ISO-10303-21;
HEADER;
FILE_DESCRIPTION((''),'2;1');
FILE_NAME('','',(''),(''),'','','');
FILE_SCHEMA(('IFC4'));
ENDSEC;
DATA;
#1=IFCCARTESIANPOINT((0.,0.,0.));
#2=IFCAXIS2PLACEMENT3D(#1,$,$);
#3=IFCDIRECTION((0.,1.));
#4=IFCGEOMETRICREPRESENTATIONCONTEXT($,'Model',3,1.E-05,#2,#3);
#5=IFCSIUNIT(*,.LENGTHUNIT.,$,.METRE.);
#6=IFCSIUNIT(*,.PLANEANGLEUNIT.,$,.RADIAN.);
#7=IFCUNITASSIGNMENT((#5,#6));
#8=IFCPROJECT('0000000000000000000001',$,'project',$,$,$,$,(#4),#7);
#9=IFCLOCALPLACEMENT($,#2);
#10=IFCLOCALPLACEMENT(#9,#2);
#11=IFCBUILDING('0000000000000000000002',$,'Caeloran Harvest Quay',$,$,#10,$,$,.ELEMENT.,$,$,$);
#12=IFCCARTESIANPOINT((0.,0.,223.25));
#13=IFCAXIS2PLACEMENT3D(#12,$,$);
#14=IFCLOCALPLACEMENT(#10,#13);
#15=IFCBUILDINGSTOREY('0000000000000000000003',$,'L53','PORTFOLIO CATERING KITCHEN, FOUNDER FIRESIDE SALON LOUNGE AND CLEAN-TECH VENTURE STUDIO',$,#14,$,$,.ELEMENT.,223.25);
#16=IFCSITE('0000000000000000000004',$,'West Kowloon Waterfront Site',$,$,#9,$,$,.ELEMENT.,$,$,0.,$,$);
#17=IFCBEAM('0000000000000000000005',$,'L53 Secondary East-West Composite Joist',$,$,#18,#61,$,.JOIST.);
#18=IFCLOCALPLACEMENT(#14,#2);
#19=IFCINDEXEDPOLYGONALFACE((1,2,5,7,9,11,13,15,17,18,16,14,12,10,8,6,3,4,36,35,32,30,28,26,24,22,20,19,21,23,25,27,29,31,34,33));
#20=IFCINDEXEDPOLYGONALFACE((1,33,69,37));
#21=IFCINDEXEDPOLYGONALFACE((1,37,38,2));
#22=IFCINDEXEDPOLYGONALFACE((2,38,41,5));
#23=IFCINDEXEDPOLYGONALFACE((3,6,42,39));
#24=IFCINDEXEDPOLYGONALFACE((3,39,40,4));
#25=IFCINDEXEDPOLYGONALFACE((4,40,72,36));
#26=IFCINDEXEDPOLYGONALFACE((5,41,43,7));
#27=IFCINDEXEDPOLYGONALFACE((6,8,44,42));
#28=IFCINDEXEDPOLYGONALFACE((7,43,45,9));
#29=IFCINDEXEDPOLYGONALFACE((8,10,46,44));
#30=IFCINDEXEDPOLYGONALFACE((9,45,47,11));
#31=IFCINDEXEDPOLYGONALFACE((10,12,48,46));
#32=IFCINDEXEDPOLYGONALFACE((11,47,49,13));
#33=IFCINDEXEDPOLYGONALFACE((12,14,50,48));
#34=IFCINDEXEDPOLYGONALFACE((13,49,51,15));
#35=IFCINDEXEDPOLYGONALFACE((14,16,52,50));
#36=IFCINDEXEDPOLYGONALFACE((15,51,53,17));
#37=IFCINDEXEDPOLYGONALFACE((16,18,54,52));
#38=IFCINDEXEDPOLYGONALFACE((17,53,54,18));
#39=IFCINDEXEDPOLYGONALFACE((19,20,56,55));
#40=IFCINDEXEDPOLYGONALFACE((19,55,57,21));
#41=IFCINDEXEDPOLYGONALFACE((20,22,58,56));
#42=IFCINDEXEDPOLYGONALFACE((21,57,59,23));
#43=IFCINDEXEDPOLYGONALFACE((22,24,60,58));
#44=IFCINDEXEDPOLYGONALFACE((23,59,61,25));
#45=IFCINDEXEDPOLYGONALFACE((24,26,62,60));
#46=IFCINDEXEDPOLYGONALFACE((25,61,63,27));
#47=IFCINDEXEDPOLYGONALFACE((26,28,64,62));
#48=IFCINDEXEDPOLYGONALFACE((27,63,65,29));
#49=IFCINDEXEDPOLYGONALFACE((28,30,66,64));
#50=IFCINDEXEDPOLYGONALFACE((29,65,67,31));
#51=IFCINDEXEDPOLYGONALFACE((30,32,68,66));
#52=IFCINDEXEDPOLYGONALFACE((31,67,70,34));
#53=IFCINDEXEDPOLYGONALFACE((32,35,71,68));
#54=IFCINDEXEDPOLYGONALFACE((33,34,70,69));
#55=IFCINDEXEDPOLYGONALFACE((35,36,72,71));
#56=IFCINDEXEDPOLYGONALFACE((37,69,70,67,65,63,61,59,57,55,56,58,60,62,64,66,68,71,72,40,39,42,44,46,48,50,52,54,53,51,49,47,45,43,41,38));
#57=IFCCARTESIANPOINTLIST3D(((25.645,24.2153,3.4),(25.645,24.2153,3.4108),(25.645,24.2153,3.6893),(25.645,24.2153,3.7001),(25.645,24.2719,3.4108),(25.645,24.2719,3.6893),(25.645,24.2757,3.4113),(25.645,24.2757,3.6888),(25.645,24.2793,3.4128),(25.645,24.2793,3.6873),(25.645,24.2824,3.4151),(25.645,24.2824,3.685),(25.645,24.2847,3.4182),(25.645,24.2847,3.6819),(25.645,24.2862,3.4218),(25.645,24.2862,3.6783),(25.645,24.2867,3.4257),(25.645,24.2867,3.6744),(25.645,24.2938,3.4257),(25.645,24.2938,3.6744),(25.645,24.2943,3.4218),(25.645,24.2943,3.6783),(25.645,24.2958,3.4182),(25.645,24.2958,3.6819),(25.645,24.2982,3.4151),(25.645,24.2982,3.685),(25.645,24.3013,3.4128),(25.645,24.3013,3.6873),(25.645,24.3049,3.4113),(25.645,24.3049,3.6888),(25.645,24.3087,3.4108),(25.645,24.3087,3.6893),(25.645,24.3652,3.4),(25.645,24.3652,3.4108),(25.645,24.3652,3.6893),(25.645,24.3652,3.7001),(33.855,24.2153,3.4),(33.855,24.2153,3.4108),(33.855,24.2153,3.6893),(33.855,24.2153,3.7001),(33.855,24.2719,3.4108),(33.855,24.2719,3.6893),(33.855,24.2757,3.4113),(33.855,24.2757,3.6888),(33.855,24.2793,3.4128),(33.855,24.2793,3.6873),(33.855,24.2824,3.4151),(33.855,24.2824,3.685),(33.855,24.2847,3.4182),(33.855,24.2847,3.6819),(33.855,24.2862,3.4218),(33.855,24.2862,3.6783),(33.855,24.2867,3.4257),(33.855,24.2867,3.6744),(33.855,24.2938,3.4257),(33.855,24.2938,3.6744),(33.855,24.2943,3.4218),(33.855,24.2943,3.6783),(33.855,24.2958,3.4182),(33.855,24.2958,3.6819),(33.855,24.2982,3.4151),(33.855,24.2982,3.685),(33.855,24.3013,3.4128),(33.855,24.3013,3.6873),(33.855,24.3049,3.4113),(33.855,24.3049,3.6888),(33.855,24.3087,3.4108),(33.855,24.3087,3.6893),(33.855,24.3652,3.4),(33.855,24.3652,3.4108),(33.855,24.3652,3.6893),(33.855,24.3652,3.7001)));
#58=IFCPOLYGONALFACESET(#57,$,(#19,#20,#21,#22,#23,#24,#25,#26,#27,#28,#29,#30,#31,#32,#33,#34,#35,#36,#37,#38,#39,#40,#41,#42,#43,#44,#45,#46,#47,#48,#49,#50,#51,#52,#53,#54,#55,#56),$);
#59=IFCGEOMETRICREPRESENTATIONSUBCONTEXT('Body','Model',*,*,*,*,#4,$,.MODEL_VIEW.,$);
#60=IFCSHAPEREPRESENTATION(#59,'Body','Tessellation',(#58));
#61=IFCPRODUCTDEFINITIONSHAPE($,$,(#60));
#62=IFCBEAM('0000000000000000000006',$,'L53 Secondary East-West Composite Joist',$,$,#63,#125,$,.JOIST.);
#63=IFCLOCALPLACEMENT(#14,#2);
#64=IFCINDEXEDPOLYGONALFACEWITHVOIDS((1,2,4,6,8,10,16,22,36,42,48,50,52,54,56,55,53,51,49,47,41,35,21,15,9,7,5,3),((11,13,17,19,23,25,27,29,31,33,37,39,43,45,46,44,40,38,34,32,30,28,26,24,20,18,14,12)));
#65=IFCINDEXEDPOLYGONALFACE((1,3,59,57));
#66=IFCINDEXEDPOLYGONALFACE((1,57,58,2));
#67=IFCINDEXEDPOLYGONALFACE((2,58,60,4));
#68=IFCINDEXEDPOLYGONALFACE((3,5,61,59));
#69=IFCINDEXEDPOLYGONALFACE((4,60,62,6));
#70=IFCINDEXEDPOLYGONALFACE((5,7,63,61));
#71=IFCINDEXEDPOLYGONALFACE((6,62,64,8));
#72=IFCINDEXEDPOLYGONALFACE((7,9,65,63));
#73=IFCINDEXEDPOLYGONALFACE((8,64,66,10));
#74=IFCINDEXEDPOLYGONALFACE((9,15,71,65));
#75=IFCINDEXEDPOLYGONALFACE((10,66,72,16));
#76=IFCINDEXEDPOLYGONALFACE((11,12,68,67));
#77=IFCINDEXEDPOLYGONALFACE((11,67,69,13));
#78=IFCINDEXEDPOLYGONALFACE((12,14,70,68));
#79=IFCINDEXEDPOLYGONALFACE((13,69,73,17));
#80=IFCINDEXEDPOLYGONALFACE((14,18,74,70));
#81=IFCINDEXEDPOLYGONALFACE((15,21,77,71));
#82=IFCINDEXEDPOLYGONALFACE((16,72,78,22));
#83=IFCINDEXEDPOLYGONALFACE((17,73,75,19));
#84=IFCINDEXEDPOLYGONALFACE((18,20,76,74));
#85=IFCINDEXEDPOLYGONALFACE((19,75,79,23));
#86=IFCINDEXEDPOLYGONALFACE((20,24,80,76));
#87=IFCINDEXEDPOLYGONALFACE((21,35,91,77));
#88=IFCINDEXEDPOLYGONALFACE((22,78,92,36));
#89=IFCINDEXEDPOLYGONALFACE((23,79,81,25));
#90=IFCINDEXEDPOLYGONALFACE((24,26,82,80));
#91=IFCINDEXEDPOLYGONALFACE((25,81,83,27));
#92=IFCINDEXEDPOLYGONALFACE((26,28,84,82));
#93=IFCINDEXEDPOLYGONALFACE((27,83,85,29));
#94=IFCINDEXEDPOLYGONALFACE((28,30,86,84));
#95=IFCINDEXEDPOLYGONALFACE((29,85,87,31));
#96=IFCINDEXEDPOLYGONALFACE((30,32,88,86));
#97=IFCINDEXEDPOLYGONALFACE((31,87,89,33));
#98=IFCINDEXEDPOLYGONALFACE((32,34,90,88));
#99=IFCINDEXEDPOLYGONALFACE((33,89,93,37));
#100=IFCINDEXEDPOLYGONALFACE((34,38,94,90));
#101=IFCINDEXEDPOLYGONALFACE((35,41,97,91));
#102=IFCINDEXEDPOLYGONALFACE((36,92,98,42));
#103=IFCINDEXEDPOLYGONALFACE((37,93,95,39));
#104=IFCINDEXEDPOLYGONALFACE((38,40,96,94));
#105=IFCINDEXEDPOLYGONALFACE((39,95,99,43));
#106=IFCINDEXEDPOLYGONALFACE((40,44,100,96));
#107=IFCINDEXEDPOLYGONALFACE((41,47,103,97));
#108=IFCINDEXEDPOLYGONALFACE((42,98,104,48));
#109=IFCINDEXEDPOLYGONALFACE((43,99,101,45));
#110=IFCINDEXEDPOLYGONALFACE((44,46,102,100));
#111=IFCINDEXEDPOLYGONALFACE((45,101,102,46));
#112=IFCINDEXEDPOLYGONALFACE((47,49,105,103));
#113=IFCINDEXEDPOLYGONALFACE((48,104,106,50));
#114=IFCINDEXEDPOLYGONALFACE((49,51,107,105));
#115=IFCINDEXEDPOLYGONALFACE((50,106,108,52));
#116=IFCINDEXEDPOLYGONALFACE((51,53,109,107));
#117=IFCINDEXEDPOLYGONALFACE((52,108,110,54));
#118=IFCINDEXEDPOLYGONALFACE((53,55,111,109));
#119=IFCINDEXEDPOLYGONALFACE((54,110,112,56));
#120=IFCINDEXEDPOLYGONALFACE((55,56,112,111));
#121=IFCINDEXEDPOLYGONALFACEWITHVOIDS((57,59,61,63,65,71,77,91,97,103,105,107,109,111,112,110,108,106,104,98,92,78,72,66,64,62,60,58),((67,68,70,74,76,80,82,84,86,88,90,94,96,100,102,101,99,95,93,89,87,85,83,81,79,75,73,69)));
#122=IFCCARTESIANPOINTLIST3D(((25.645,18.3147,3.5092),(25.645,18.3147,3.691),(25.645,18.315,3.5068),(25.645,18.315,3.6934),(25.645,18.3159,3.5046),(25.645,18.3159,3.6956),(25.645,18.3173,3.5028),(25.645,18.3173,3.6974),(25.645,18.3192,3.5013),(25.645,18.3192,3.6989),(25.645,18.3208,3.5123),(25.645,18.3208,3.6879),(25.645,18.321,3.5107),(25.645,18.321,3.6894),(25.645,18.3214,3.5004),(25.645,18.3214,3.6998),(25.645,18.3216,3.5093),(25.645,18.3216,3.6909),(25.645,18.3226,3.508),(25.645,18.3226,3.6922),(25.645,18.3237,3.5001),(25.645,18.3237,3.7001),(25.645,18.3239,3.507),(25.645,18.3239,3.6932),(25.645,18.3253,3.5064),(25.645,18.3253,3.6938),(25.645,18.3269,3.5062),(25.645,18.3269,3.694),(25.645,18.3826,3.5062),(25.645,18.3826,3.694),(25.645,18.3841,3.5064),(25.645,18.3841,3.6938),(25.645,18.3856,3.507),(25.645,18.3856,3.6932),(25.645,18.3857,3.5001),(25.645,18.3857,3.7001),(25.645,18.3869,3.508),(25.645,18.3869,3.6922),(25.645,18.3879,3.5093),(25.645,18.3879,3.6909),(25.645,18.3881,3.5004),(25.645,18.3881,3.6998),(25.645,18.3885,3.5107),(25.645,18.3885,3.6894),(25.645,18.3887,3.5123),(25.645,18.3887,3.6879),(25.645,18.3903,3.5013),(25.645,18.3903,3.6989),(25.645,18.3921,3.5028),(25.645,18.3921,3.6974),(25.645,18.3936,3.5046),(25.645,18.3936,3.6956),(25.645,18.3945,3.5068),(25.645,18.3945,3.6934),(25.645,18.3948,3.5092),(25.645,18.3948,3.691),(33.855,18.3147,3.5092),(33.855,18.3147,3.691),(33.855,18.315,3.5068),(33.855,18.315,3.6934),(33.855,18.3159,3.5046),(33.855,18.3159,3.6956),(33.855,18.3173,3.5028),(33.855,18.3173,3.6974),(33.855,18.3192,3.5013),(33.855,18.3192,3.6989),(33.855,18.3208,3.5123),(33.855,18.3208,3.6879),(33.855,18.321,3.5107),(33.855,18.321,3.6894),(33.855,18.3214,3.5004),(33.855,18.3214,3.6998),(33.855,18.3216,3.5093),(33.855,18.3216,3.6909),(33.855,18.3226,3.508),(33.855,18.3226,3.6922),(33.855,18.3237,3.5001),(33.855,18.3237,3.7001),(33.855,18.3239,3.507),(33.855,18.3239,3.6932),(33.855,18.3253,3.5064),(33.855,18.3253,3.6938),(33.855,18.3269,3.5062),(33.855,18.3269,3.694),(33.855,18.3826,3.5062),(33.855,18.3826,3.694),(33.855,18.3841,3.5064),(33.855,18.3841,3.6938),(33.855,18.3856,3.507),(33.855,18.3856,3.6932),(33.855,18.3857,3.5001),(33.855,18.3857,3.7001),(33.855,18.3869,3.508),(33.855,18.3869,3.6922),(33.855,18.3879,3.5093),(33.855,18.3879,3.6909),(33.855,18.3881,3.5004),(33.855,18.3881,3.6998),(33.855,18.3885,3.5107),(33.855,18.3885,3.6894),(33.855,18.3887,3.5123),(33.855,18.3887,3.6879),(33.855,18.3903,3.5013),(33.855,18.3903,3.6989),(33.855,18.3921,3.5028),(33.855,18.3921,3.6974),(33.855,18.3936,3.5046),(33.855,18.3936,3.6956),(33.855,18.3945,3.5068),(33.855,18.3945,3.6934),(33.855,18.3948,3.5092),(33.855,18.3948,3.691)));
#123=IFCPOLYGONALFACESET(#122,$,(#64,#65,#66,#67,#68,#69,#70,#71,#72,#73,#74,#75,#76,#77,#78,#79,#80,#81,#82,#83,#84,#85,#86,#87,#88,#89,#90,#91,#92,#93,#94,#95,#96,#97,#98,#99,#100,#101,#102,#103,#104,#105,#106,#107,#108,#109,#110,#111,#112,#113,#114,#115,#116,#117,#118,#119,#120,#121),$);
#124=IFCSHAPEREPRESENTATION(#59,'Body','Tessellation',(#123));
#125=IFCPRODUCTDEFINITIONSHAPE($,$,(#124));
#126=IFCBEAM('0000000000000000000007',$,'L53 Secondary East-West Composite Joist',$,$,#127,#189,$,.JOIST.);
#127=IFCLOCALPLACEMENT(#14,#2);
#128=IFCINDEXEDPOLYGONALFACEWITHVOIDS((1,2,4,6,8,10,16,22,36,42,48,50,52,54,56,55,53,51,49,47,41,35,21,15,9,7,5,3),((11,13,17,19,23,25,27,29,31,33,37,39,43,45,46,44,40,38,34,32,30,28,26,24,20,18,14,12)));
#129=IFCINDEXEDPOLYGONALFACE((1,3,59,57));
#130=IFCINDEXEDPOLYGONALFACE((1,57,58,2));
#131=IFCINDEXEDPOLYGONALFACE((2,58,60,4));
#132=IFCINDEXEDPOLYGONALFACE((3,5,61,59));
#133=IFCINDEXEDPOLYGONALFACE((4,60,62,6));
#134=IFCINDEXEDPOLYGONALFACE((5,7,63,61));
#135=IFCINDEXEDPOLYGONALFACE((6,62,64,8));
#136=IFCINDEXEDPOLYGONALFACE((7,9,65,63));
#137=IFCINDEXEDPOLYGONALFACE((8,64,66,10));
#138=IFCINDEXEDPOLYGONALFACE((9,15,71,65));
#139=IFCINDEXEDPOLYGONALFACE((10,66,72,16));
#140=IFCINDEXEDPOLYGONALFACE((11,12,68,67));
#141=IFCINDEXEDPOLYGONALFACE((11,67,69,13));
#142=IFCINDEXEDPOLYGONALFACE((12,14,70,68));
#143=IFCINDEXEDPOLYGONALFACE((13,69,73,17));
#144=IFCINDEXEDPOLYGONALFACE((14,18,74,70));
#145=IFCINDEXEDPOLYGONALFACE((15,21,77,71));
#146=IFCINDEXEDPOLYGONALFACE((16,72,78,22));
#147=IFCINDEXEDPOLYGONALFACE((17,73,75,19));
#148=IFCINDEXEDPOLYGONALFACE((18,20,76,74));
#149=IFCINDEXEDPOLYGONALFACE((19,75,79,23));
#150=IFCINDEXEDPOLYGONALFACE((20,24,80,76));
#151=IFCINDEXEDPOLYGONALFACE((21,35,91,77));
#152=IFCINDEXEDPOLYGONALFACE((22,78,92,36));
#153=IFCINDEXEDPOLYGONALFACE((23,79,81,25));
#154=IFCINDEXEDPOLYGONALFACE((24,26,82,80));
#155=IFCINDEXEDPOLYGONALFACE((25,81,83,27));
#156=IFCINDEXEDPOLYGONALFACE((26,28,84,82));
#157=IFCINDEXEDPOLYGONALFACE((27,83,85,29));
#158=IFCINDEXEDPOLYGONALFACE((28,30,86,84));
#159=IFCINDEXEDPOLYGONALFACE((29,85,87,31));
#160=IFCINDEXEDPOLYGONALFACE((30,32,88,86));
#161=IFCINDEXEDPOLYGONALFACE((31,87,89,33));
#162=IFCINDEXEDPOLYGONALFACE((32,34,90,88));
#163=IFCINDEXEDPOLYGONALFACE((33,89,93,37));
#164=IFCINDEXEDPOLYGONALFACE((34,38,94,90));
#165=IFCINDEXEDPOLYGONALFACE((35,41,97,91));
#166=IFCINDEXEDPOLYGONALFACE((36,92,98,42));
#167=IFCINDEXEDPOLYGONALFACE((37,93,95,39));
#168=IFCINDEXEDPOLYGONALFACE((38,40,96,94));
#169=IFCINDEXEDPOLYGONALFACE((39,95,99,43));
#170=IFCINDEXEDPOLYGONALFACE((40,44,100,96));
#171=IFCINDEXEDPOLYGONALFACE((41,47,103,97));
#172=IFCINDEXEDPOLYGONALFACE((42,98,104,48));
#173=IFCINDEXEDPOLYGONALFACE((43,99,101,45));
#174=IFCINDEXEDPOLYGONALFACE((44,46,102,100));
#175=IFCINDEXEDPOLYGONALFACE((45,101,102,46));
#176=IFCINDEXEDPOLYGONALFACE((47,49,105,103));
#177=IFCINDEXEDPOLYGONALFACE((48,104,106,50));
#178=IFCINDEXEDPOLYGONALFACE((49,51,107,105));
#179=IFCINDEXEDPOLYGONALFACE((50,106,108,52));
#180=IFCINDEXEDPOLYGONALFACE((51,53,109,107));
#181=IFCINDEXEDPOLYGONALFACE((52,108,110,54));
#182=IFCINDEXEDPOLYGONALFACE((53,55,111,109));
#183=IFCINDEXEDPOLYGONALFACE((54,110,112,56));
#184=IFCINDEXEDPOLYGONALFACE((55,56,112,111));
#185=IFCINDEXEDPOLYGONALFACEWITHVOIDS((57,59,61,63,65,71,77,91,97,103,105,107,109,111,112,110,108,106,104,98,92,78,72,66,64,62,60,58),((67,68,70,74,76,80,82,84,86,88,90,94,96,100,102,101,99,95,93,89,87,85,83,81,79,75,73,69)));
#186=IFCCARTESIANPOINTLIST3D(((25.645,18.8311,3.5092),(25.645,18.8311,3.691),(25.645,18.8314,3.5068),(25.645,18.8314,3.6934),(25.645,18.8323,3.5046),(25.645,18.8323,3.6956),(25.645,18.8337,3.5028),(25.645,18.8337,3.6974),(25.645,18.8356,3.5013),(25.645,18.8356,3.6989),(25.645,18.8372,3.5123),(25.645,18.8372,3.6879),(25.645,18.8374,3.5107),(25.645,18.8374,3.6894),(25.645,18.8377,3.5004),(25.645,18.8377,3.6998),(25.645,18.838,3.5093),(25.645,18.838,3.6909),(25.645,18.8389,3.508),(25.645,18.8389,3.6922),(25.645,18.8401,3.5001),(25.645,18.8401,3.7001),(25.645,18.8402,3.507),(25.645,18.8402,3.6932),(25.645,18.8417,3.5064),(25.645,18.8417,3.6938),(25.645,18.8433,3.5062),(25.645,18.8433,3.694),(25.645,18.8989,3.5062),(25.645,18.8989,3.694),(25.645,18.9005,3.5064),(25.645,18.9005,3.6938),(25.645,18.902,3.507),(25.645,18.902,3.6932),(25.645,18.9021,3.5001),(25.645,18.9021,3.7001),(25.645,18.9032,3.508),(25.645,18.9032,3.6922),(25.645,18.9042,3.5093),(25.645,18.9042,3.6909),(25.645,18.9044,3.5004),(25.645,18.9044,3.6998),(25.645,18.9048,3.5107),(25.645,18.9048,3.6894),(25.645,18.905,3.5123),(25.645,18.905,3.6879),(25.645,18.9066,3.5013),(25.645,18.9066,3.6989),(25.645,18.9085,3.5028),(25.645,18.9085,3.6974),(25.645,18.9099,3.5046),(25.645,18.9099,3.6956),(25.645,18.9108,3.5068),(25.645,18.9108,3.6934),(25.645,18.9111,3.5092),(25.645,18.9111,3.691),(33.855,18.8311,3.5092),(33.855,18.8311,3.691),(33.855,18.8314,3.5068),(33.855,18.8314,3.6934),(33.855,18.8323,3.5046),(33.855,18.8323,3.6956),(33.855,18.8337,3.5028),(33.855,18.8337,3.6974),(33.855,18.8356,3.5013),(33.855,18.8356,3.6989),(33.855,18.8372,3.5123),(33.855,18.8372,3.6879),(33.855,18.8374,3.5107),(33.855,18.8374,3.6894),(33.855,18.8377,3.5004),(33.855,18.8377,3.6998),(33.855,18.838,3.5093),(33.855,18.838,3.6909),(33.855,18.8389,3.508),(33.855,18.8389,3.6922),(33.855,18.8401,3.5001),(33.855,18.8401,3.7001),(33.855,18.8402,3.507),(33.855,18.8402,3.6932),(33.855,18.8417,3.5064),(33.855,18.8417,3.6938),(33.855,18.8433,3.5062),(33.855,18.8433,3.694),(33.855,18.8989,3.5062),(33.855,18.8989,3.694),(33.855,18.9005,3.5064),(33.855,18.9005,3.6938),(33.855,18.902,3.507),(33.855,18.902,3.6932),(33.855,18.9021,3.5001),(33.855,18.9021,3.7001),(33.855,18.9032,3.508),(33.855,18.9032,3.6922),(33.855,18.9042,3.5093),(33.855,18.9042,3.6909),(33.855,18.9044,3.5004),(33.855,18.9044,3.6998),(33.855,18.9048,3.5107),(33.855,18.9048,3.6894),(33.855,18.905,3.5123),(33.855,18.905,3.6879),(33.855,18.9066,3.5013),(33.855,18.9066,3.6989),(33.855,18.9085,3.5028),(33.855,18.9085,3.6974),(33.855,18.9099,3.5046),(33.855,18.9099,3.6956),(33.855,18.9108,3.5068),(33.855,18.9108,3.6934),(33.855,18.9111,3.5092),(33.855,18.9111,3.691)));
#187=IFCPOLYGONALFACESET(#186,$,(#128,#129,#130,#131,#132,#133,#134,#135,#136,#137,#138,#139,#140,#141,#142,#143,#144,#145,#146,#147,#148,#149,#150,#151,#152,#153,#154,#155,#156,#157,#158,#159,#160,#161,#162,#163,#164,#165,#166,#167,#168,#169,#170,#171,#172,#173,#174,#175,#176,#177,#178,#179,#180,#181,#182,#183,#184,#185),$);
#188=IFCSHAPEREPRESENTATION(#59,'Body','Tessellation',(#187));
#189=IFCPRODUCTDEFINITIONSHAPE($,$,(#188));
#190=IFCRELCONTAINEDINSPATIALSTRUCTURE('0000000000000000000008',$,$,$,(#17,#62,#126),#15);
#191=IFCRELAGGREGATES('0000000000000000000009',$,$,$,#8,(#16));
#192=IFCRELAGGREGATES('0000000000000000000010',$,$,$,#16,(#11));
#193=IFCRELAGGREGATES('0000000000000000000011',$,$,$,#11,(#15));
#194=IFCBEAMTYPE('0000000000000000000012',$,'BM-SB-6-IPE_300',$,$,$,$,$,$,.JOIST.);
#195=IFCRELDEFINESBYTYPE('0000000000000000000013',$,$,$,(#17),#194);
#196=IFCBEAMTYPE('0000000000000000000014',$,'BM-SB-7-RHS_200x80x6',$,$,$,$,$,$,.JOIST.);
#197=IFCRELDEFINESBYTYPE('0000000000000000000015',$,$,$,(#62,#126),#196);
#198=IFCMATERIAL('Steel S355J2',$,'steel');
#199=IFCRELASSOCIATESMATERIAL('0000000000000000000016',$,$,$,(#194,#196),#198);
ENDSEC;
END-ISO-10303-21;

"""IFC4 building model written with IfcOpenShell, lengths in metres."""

from ifc_helpers import new_model, si_unit, direction, frame, origin, origin_2d, place, context, subcontext, project, spatial, hollow_rectangle, i_section, extrude, material, material_profile, profile_set, type_object, element, save


model = new_model("IFC4")

# Units and contexts
model_context = context("Model", 3, precision=1e-05, world=origin(), true_north=direction((0.0, 1.0)))
body_context = subcontext(model_context, "Body", "Model", "MODEL_VIEW")
ifc_project = project(units=[si_unit("LENGTHUNIT", "METRE"), si_unit("PLANEANGLEUNIT", "RADIAN")], contexts=[model_context])

# Site, building, storey
site_placement = place(None, origin())
site = spatial("IfcSite", under=ifc_project, at=site_placement, Name="West Kowloon Waterfront Site", CompositionType="ELEMENT", RefElevation=0.0)
building_placement = place(site_placement, origin())
building = spatial("IfcBuilding", under=site, at=building_placement, Name="Caeloran Harvest Quay", CompositionType="ELEMENT")
storey_placement = place(building_placement, frame((0.0, 0.0, 223.25)))
storey = spatial("IfcBuildingStorey", under=building, at=storey_placement, Name="L53", Description="PORTFOLIO CATERING KITCHEN, FOUNDER FIRESIDE SALON LOUNGE AND CLEAN-TECH VENTURE STUDIO", CompositionType="ELEMENT", Elevation=223.25)

# Beams
ifc_material_1 = material(Name="Steel S355J2", Category="steel")
ifc_material_profile_1 = material_profile(ifc_material_1, i_section(OverallWidth=0.1499, OverallDepth=0.3, WebThickness=0.0071, FlangeThickness=0.0107, FilletRadius=0.0149, at=origin_2d()), Name="IPE 300")
ifc_profile_set_1 = profile_set([ifc_material_profile_1], Name="Steel S355J2")
beam_type_1 = type_object("IfcBeamType", Name="BM-SB-6-IPE_300", PredefinedType="JOIST", material=ifc_profile_set_1)
for number, where, z_axis, x_axis, name in (
    (1, (25.645, 24.2903, 3.55), (1.0, 0.0, 0.0), (0.0, 1.0, 0.0), "L53 Secondary East-West Composite Joist"),
):
    element("IfcBeam", number, at=place(storey_placement, frame(where, z_axis=z_axis, x_axis=x_axis)), inside=storey, type_object=beam_type_1, Name=name, PredefinedType="JOIST", context=body_context, shape_type="SweptSolid", body=[
        extrude(i_section(OverallWidth=0.1499, OverallDepth=0.3, WebThickness=0.0071, FlangeThickness=0.0107, FilletRadius=0.0149, at=origin_2d()), origin(), (0.0, 0.0, 1.0), 8.21),
    ])
ifc_material_profile_2 = material_profile(ifc_material_1, hollow_rectangle(XDim=0.0801, YDim=0.2, WallThickness=0.0061, InnerFilletRadius=0.0061, OuterFilletRadius=0.009, at=origin_2d()), Name="RHS 200x80x6")
ifc_profile_set_2 = profile_set([ifc_material_profile_2], Name="Steel S355J2")
beam_type_2 = type_object("IfcBeamType", Name="BM-SB-7-RHS_200x80x6", PredefinedType="JOIST", material=ifc_profile_set_2)
for number, where, z_axis, x_axis, name in (
    (2, (25.645, 18.3547, 3.6001), (1.0, 0.0, 0.0), (0.0, 1.0, 0.0), "L53 Secondary East-West Composite Joist"),
    (3, (25.645, 18.8711, 3.6001), (1.0, 0.0, 0.0), (0.0, 1.0, 0.0), "L53 Secondary East-West Composite Joist"),
):
    element("IfcBeam", number, at=place(storey_placement, frame(where, z_axis=z_axis, x_axis=x_axis)), inside=storey, type_object=beam_type_2, Name=name, PredefinedType="JOIST", context=body_context, shape_type="SweptSolid", body=[
        extrude(hollow_rectangle(XDim=0.0801, YDim=0.2, WallThickness=0.0061, InnerFilletRadius=0.0061, OuterFilletRadius=0.009, at=origin_2d()), origin(), (0.0, 0.0, 1.0), 8.21),
    ])

save(model, "model.ifc")
